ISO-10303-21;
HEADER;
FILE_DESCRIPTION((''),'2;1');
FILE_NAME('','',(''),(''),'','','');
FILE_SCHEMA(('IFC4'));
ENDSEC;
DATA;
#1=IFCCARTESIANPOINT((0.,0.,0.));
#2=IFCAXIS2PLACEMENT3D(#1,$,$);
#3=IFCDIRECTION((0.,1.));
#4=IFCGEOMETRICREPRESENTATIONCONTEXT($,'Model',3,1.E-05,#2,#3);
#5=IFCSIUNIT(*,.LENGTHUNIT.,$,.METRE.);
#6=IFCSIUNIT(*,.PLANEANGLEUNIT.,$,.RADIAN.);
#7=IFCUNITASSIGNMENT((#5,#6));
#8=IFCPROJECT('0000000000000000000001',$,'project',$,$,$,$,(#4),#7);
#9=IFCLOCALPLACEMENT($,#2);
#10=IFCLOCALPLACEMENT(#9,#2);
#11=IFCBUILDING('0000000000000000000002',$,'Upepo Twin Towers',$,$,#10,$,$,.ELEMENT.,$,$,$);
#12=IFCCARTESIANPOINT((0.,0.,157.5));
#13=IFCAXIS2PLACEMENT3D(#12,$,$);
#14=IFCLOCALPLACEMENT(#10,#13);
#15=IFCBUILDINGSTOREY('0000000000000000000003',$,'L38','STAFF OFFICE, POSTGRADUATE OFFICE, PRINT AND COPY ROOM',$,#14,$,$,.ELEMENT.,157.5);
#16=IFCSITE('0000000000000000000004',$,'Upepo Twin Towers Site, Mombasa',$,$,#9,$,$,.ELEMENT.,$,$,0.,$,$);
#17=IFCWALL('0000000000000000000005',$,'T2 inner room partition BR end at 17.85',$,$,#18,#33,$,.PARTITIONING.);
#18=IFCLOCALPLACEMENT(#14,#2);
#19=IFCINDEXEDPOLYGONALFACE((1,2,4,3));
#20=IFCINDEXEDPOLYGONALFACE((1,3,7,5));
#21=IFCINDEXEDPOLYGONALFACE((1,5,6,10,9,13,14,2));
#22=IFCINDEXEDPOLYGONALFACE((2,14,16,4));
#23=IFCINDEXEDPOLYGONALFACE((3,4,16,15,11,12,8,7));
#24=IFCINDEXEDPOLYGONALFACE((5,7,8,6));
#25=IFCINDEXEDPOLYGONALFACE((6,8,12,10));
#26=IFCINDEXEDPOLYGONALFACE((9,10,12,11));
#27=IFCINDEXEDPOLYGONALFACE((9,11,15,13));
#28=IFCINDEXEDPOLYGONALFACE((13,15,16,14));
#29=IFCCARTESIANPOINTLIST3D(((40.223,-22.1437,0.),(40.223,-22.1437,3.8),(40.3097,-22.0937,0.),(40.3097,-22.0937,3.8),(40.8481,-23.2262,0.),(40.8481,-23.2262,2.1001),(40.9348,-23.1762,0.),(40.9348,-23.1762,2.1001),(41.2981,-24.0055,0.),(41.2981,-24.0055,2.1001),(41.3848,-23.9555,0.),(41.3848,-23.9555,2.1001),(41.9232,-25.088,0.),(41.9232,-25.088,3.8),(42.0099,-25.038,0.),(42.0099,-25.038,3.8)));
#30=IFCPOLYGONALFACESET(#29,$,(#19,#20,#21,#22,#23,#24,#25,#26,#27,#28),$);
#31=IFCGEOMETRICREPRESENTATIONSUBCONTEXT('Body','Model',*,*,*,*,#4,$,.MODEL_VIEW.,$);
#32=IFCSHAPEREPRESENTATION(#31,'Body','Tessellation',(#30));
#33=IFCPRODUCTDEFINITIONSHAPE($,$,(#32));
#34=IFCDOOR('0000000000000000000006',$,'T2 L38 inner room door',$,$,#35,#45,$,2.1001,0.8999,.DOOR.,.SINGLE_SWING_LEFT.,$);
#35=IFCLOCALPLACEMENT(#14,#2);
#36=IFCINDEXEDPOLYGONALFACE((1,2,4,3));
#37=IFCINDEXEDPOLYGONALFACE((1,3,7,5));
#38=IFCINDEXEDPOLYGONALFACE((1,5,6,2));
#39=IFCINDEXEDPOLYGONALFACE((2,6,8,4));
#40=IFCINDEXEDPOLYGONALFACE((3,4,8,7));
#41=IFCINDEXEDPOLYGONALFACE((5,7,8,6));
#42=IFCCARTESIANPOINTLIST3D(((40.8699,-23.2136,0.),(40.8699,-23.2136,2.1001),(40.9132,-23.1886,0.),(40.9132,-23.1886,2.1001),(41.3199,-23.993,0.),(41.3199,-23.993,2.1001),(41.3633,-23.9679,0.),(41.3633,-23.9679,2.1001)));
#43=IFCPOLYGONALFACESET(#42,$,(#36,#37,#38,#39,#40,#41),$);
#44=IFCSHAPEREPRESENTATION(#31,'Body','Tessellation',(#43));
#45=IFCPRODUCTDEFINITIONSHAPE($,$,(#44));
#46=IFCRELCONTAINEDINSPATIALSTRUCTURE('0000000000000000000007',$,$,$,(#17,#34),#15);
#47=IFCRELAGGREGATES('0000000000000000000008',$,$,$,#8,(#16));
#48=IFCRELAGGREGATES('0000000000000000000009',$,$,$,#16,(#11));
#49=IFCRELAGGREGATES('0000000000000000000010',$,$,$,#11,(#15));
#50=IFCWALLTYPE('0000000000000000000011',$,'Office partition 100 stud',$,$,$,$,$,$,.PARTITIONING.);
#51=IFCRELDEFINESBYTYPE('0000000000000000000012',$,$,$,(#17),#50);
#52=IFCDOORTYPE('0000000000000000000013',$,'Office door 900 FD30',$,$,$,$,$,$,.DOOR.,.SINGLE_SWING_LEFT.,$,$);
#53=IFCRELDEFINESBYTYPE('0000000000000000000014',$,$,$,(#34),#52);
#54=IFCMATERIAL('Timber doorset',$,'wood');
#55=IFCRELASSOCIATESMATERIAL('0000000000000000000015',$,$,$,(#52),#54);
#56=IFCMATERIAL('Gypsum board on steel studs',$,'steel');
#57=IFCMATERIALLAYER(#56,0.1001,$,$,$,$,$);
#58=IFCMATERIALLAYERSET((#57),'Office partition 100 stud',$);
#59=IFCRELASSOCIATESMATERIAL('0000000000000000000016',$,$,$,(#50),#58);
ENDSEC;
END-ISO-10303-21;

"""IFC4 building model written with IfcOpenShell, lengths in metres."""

from ifc_helpers import new_model, si_unit, direction, frame, frame_2d, origin, place, context, subcontext, project, spatial, rectangle, extrude, material, layer, layer_set, type_object, element, fill, save


model = new_model("IFC4")

# Units and contexts
model_context = context("Model", 3, precision=1e-05, world=origin(), true_north=direction((0.0, 1.0)))
body_context = subcontext(model_context, "Body", "Model", "MODEL_VIEW")
ifc_project = project(units=[si_unit("LENGTHUNIT", "METRE"), si_unit("PLANEANGLEUNIT", "RADIAN")], contexts=[model_context])

# Site, building, storey
site_placement = place(None, origin())
site = spatial("IfcSite", under=ifc_project, at=site_placement, Name="Upepo Twin Towers Site, Mombasa", CompositionType="ELEMENT", RefElevation=0.0)
building_placement = place(site_placement, origin())
building = spatial("IfcBuilding", under=site, at=building_placement, Name="Upepo Twin Towers", CompositionType="ELEMENT")
storey_placement = place(building_placement, frame((0.0, 0.0, 157.5)))
storey = spatial("IfcBuildingStorey", under=building, at=storey_placement, Name="L38", Description="STAFF OFFICE, POSTGRADUATE OFFICE, PRINT AND COPY ROOM", CompositionType="ELEMENT", Elevation=157.5)

# Shared definitions
ifc_material_1 = material(Name="Timber doorset", Category="wood")
door_type = type_object("IfcDoorType", Name="Office door 900 FD30", OperationType="SINGLE_SWING_LEFT", PredefinedType="DOOR", material=ifc_material_1)

# Shared definitions
ifc_material_2 = material(Name="Gypsum board on steel studs", Category="steel")
ifc_layer_1 = layer(ifc_material_2, 0.1001)
ifc_layer_set_1 = layer_set([ifc_layer_1], Name="Office partition 100 stud")
wall_type_1 = type_object("IfcWallType", Name="Office partition 100 stud", PredefinedType="PARTITIONING", material=ifc_layer_set_1)

# Wall, opening, door
wall_1_placement = place(storey_placement, frame((41.9666, -25.063, 0.0), z_axis=(0.0, 0.0, 1.0), x_axis=(-0.500062, 0.865989, 0.0)))
wall_1 = element("IfcWall", 1, at=wall_1_placement, inside=storey, type_object=wall_type_1, Name="T2 inner room partition BR end at 17.85", PredefinedType="PARTITIONING", context=body_context, shape_type="SweptSolid", body=[
    extrude(rectangle(XDim=3.3999, YDim=0.1001, at=frame_2d((1.7, 0.0))), origin(), (0.0, 0.0, 1.0), 3.8),
])
opening_1_placement = place(wall_1_placement, frame((1.25, 0.0, 0.0)))
opening_1 = element("IfcOpeningElement", 2, at=opening_1_placement, cuts=wall_1, PredefinedType="OPENING", context=body_context, shape_type="SweptSolid", body=[
    extrude(rectangle(XDim=0.8999, YDim=2.1001, at=frame_2d((0.45, 1.05))), frame((0.0, 0.0601, 0.0), z_axis=(0.0, -1.0, 0.0), x_axis=(1.0, 0.0, 0.0)), (0.0, 0.0, 1.0), 0.1201),
])
door_1_placement = place(opening_1_placement, origin())
door_1 = element("IfcDoor", 3, at=door_1_placement, inside=storey, type_object=door_type, Name="T2 L38 inner room door", OperationType="SINGLE_SWING_LEFT", OverallHeight=2.1001, OverallWidth=0.8999, PredefinedType="DOOR", context=body_context, shape_type="SweptSolid", body=[
    extrude(rectangle(XDim=0.8999, YDim=2.1001, at=frame_2d((0.45, 1.05))), frame((0.0, 0.0249, 0.0), z_axis=(0.0, -1.0, 0.0), x_axis=(1.0, 0.0, 0.0)), (0.0, 0.0, 1.0), 0.05),
])
fill(opening_1, door_1)

save(model, "model.ifc")
